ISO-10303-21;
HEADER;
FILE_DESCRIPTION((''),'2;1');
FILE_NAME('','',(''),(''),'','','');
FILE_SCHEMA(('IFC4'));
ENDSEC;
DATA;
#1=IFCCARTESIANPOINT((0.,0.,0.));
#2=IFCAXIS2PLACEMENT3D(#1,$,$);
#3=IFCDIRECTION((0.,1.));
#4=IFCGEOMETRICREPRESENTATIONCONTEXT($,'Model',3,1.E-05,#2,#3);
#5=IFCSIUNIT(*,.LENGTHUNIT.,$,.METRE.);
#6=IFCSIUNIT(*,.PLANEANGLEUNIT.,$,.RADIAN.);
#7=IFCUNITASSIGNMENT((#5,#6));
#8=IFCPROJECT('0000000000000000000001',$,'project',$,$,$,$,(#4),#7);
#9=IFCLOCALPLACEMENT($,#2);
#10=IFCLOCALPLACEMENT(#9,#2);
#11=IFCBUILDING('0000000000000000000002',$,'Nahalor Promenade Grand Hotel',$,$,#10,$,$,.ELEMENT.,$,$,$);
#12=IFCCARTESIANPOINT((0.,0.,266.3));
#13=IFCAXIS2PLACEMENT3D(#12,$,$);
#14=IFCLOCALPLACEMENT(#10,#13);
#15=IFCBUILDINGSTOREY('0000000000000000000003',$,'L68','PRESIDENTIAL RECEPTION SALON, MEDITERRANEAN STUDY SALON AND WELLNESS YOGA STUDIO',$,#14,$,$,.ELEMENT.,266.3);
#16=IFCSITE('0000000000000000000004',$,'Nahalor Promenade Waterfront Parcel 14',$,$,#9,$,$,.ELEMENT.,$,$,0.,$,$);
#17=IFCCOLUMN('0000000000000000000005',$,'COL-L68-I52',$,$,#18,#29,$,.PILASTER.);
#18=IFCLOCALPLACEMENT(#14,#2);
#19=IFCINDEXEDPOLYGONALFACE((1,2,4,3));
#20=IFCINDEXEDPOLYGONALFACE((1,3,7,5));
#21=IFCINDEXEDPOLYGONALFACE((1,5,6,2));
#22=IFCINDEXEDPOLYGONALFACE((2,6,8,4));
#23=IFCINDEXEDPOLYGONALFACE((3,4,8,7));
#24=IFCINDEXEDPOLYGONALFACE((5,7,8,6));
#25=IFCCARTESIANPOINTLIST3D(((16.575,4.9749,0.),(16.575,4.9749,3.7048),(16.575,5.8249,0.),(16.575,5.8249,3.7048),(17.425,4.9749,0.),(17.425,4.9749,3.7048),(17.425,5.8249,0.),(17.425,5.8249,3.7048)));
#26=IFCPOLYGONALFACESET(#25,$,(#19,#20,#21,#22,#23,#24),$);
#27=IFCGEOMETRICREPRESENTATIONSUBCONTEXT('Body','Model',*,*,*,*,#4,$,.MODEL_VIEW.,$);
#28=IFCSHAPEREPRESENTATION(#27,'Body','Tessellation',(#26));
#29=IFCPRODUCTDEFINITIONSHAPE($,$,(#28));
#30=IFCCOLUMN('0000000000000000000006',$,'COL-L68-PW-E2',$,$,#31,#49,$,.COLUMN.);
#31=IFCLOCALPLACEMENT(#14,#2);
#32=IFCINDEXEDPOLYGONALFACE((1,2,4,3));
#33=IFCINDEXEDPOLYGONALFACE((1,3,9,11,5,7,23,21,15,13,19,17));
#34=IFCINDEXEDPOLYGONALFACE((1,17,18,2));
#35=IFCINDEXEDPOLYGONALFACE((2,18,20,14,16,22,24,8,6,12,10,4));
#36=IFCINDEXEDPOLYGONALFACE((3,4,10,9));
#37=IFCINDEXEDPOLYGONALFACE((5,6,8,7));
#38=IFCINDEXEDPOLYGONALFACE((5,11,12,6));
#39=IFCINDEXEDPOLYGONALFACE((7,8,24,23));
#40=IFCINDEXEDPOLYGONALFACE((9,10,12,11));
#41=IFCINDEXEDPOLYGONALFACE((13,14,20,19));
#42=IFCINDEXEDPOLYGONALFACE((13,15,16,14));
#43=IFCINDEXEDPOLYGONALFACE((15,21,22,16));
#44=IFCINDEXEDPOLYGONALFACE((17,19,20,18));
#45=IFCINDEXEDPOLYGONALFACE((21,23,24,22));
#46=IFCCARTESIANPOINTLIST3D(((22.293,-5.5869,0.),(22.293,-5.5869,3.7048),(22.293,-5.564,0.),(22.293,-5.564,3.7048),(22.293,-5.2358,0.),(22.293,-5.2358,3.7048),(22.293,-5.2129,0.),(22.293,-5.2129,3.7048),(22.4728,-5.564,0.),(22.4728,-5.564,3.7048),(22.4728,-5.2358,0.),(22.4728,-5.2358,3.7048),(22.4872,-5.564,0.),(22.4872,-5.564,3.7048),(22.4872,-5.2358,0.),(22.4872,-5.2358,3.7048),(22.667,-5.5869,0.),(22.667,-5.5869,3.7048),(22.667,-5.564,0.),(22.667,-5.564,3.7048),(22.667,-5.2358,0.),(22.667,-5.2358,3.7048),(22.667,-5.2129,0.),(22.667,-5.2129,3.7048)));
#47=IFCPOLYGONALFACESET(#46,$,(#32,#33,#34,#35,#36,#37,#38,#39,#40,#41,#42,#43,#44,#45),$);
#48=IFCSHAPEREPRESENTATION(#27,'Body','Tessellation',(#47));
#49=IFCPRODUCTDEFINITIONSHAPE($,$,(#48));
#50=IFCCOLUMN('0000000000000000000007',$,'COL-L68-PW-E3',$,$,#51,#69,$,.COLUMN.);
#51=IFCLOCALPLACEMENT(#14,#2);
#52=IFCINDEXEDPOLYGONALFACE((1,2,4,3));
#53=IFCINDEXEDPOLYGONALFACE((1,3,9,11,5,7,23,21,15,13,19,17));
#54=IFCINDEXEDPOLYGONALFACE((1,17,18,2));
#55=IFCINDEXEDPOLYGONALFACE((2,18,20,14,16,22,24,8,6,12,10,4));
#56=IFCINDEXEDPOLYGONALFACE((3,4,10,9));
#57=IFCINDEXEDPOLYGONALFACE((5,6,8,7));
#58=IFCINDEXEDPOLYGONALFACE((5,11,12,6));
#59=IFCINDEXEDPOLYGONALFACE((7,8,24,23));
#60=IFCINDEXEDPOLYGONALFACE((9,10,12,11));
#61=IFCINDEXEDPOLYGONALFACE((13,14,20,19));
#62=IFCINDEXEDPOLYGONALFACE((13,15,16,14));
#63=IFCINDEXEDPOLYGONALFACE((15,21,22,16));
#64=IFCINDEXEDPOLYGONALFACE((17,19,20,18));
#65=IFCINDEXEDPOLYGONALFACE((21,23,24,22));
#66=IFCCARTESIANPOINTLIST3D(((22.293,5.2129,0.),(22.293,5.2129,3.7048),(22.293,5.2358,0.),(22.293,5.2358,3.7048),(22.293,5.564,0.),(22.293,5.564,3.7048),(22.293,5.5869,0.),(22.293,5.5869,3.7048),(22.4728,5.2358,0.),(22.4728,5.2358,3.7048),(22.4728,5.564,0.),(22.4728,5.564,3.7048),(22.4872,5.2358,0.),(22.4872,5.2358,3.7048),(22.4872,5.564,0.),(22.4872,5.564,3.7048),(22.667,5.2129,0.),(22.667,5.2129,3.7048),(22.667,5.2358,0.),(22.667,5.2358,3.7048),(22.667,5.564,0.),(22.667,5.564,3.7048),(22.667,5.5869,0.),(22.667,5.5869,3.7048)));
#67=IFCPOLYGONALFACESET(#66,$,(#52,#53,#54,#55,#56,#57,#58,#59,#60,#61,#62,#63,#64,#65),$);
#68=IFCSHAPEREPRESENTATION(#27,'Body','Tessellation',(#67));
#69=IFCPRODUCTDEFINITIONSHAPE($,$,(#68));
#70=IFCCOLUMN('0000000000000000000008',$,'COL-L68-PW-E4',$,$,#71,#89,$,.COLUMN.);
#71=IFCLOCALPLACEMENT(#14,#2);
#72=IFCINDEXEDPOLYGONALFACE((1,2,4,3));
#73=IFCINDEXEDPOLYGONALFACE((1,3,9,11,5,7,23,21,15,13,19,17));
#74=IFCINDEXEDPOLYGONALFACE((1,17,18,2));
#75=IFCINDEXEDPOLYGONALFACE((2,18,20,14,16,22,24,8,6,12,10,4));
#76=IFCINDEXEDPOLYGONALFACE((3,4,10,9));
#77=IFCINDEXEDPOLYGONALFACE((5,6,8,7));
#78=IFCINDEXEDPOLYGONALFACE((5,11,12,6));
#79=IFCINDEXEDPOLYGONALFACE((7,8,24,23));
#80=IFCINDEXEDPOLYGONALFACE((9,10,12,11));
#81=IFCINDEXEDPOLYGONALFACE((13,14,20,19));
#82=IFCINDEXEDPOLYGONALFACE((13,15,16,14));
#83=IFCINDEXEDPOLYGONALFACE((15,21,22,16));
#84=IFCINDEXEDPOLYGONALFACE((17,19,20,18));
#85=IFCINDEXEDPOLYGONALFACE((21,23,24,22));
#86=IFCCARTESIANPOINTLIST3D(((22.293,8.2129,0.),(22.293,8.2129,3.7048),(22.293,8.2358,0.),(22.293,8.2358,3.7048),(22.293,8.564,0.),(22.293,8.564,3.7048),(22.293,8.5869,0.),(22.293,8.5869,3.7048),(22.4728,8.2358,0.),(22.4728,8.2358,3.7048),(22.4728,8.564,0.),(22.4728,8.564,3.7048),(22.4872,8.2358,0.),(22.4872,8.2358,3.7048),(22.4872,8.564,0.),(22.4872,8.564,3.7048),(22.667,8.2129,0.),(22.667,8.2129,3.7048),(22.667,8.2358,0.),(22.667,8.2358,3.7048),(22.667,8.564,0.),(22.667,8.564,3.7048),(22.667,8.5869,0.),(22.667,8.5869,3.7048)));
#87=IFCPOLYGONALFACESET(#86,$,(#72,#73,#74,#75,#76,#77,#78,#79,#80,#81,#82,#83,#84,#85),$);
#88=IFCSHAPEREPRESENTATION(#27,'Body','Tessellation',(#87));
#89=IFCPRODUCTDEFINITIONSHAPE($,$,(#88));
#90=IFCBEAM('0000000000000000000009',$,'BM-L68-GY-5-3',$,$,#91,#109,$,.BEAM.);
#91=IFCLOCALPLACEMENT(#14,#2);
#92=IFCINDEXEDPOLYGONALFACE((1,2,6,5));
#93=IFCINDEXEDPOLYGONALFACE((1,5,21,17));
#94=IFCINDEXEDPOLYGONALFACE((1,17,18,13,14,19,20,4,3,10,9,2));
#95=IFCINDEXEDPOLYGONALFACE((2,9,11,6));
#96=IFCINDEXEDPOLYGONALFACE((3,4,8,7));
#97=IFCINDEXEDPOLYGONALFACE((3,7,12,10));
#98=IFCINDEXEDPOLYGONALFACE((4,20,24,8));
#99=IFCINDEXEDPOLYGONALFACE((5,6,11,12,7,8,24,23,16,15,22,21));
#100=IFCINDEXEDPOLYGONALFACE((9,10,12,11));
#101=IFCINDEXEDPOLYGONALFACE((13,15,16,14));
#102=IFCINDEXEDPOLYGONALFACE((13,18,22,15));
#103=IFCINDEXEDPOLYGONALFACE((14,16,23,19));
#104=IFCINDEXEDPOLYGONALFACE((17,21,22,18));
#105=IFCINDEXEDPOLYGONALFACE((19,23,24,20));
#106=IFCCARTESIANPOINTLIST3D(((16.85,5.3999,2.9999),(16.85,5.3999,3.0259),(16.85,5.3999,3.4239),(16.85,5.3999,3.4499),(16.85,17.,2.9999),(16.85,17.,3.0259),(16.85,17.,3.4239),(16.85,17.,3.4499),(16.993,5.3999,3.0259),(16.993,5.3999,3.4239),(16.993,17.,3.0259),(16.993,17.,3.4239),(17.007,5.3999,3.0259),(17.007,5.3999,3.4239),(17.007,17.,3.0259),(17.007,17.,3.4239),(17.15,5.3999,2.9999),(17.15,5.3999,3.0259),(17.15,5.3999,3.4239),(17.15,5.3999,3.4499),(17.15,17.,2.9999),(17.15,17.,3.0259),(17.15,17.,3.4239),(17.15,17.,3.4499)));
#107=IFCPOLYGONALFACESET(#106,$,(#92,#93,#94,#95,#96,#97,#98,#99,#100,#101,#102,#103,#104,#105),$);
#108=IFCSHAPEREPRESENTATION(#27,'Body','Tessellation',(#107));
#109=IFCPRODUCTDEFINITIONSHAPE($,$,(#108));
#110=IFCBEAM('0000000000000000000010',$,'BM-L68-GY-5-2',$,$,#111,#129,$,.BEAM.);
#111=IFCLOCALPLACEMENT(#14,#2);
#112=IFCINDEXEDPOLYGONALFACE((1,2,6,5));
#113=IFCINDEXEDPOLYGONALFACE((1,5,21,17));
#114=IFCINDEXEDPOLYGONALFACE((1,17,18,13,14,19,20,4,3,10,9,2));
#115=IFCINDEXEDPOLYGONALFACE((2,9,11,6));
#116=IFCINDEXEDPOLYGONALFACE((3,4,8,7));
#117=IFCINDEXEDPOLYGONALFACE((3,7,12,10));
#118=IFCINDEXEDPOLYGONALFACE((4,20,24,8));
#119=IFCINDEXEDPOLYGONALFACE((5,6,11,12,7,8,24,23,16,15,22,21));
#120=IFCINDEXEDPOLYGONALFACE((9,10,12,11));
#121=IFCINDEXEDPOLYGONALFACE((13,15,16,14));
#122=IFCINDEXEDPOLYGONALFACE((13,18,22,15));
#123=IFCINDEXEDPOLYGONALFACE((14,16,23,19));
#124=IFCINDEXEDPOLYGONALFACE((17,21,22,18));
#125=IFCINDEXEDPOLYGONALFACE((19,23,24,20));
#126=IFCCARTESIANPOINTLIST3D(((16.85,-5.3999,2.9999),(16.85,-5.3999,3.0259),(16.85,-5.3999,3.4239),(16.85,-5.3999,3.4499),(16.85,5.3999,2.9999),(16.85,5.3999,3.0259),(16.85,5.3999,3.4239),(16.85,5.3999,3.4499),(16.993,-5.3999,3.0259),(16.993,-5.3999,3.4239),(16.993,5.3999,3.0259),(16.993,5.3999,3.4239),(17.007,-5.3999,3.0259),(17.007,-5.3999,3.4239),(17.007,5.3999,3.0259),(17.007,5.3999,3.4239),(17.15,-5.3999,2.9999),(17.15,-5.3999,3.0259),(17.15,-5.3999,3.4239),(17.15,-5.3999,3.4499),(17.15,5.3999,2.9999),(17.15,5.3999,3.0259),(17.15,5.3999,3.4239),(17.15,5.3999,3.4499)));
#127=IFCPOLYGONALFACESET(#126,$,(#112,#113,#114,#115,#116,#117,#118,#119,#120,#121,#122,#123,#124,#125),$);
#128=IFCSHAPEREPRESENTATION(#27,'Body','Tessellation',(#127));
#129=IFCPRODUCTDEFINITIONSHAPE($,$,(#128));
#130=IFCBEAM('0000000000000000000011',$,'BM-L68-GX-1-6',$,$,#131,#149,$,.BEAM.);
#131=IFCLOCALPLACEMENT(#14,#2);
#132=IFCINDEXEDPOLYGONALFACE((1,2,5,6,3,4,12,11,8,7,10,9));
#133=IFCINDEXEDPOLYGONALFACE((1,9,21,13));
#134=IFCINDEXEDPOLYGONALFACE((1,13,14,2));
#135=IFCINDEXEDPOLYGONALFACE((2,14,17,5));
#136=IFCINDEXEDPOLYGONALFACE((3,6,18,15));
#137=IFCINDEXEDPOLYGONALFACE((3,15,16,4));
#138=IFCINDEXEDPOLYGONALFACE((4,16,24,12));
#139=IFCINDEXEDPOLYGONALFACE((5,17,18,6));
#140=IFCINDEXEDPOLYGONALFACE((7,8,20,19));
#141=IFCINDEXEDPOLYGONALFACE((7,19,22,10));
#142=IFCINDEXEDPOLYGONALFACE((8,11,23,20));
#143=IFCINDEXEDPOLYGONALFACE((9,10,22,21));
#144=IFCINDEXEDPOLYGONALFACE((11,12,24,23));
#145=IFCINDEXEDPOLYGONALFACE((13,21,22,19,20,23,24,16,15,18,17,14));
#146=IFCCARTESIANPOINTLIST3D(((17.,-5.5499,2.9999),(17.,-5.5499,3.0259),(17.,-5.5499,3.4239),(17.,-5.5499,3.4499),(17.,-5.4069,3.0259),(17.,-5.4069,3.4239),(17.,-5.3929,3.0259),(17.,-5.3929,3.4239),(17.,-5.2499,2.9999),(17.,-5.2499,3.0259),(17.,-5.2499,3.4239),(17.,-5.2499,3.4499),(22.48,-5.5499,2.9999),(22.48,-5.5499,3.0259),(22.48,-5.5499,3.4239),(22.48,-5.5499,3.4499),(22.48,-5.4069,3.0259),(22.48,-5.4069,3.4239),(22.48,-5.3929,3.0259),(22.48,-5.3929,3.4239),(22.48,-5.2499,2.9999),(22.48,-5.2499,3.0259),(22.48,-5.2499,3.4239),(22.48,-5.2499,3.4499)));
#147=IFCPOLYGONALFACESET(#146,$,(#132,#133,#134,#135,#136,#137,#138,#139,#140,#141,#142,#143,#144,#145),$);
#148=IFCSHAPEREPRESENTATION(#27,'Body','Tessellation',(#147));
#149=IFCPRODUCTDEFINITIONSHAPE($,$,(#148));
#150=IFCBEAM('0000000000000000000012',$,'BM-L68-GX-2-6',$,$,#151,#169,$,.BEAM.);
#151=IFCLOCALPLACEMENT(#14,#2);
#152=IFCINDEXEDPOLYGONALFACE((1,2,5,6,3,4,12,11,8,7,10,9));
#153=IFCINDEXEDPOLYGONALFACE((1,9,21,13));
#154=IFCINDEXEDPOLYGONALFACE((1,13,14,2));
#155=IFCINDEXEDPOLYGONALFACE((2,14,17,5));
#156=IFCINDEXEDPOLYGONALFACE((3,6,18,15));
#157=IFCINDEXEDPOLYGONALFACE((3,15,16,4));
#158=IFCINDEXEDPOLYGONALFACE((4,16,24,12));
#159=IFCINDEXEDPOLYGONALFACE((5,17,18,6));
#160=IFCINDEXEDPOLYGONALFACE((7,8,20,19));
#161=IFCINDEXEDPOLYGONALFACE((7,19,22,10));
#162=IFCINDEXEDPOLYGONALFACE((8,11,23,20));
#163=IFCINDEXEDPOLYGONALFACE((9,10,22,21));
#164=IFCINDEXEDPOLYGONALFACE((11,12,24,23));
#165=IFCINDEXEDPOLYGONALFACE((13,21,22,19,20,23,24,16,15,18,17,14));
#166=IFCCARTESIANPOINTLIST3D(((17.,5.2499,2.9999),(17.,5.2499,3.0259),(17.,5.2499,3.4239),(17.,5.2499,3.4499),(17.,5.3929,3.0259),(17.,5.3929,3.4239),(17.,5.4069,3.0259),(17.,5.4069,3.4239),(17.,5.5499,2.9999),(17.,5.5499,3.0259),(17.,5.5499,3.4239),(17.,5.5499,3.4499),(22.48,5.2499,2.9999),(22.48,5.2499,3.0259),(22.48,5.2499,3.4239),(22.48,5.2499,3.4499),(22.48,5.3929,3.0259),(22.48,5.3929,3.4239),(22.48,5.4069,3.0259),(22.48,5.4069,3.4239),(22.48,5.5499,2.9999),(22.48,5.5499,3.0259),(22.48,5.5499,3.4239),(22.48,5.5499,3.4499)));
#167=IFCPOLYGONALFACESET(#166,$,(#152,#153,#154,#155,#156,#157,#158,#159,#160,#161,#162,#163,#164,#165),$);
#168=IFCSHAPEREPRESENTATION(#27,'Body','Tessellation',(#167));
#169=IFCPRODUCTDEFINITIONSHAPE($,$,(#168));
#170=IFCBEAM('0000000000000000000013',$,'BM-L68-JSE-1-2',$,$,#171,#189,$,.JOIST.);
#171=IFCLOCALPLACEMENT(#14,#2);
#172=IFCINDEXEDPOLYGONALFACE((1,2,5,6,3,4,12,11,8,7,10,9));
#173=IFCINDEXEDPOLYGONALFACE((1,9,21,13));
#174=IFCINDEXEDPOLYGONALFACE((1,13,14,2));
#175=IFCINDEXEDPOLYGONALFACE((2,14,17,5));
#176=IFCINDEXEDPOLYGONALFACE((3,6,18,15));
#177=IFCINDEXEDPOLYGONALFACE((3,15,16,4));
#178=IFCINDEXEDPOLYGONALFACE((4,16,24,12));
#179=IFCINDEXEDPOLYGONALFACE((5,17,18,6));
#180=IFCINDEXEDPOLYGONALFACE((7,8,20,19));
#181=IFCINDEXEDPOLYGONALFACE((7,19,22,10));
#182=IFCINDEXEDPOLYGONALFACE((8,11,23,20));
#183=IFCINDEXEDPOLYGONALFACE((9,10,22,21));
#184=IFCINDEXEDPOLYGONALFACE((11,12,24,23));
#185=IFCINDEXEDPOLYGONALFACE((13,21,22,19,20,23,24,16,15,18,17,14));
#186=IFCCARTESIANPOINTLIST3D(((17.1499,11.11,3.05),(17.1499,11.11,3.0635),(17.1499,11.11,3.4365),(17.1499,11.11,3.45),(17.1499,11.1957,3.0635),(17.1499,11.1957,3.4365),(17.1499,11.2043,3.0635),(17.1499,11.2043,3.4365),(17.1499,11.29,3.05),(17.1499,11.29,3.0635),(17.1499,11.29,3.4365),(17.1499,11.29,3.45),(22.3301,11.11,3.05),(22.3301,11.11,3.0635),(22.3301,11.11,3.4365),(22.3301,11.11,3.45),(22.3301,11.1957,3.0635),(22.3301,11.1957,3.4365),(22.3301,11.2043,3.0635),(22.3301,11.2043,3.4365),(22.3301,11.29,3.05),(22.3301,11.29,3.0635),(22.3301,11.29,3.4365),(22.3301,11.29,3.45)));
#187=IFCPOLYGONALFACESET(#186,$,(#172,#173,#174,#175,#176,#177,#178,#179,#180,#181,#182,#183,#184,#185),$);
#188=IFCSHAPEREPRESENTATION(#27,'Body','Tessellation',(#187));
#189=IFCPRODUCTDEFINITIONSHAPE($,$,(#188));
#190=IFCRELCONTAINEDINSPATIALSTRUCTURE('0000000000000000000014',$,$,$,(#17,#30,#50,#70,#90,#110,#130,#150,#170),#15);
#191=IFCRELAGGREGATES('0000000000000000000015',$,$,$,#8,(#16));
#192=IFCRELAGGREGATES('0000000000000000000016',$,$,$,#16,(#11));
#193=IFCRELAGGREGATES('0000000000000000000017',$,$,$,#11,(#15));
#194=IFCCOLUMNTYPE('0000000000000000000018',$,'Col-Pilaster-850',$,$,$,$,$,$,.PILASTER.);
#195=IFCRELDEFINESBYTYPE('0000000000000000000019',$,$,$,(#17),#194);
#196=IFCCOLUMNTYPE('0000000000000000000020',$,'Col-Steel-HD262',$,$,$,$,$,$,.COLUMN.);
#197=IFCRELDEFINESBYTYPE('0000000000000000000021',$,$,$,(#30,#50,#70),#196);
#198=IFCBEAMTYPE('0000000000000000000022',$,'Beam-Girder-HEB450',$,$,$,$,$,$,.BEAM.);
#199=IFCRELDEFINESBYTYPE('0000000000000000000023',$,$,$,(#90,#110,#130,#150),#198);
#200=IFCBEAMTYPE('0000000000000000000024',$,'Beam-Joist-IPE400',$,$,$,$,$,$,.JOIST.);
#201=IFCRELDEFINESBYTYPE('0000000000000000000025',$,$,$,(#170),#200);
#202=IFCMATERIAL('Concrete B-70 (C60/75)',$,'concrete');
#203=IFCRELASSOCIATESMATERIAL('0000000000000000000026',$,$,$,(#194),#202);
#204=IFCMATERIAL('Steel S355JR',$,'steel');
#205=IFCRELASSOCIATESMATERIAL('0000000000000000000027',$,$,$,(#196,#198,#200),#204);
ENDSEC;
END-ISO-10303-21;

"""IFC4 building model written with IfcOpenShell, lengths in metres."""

from ifc_helpers import new_model, si_unit, direction, frame, origin, origin_2d, place, context, subcontext, project, spatial, rectangle, i_section, extrude, source, transform, mapped, material, material_profile, profile_set, type_object, element, save


model = new_model("IFC4")

# Units and contexts
model_context = context("Model", 3, precision=1e-05, world=origin(), true_north=direction((0.0, 1.0)))
body_context = subcontext(model_context, "Body", "Model", "MODEL_VIEW")
ifc_project = project(units=[si_unit("LENGTHUNIT", "METRE"), si_unit("PLANEANGLEUNIT", "RADIAN")], contexts=[model_context])

# Site, building, storey
site_placement = place(None, origin())
site = spatial("IfcSite", under=ifc_project, at=site_placement, Name="Nahalor Promenade Waterfront Parcel 14", CompositionType="ELEMENT", RefElevation=0.0)
building_placement = place(site_placement, origin())
building = spatial("IfcBuilding", under=site, at=building_placement, Name="Nahalor Promenade Grand Hotel", CompositionType="ELEMENT")
storey_placement = place(building_placement, frame((0.0, 0.0, 266.3)))
storey = spatial("IfcBuildingStorey", under=building, at=storey_placement, Name="L68", Description="PRESIDENTIAL RECEPTION SALON, MEDITERRANEAN STUDY SALON AND WELLNESS YOGA STUDIO", CompositionType="ELEMENT", Elevation=266.3)

# Columns
ifc_material_1 = material(Name="Concrete B-70 (C60/75)", Category="concrete")
ifc_material_profile_1 = material_profile(ifc_material_1, rectangle(XDim=0.85, YDim=0.85, at=origin_2d()), Name="RC 850x850")
ifc_profile_set_1 = profile_set([ifc_material_profile_1], Name="Concrete B-70 (C60/75)")
column_type_1 = type_object("IfcColumnType", Name="Col-Pilaster-850", PredefinedType="PILASTER", material=ifc_profile_set_1)
shared_shape_1 = source(origin(), body_context, "Body", "SweptSolid", [
    extrude(rectangle(XDim=0.85, YDim=0.85, at=origin_2d()), origin(), (0.0, 0.0, 1.0), 3.7048),
])
column_placement = place(storey_placement, frame((17.0, 5.3999, 0.0), z_axis=(0.0, 0.0, 1.0), x_axis=(1.0, 0.0, 0.0)))
element("IfcColumn", 1, at=column_placement, inside=storey, type_object=column_type_1, Name="COL-L68-I52", PredefinedType="PILASTER", context=body_context, shape_type="MappedRepresentation", body=[
    mapped(shared_shape_1, transform((0.0, 0.0, 0.0), scale=1.0)),
])
ifc_material_2 = material(Name="Steel S355JR", Category="steel")
ifc_material_profile_2 = material_profile(ifc_material_2, i_section(OverallWidth=0.374, OverallDepth=0.374, WebThickness=0.0144, FlangeThickness=0.0229, at=origin_2d()), Name="HD 360x262")
ifc_profile_set_2 = profile_set([ifc_material_profile_2], Name="Steel S355JR")
column_type_2 = type_object("IfcColumnType", Name="Col-Steel-HD262", PredefinedType="COLUMN", material=ifc_profile_set_2)
shared_shape_2 = source(origin(), body_context, "Body", "SweptSolid", [
    extrude(i_section(OverallWidth=0.374, OverallDepth=0.374, WebThickness=0.0144, FlangeThickness=0.0229, at=origin_2d()), origin(), (0.0, 0.0, 1.0), 3.7048),
])
for number, where, z_axis, x_axis, name in (
    (2, (22.48, -5.3999, 0.0), (0.0, 0.0, 1.0), (1.0, 0.0, 0.0), "COL-L68-PW-E2"),
    (3, (22.48, 5.3999, 0.0), (0.0, 0.0, 1.0), (1.0, 0.0, 0.0), "COL-L68-PW-E3"),
    (4, (22.48, 8.3999, 0.0), (0.0, 0.0, 1.0), (1.0, 0.0, 0.0), "COL-L68-PW-E4"),
):
    element("IfcColumn", number, at=place(storey_placement, frame(where, z_axis=z_axis, x_axis=x_axis)), inside=storey, type_object=column_type_2, Name=name, PredefinedType="COLUMN", context=body_context, shape_type="MappedRepresentation", body=[
        mapped(shared_shape_2, transform((0.0, 0.0, 0.0), scale=1.0)),
    ])

# Beams
ifc_material_profile_3 = material_profile(ifc_material_2, i_section(OverallWidth=0.3, OverallDepth=0.45, WebThickness=0.014, FlangeThickness=0.026, at=origin_2d()), Name="HEB 450")
ifc_profile_set_3 = profile_set([ifc_material_profile_3], Name="Steel S355JR")
beam_type_1 = type_object("IfcBeamType", Name="Beam-Girder-HEB450", PredefinedType="BEAM", material=ifc_profile_set_3)
shared_shape_3 = source(origin(), body_context, "Body", "SweptSolid", [
    extrude(i_section(OverallWidth=0.3, OverallDepth=0.45, WebThickness=0.014, FlangeThickness=0.026, at=origin_2d()), origin(), (0.0, 0.0, 1.0), 11.6001),
])
beam_1_placement = place(storey_placement, frame((17.0, 5.3999, 3.2249), z_axis=(0.0, 1.0, 0.0), x_axis=(-1.0, 0.0, 0.0)))
element("IfcBeam", 5, at=beam_1_placement, inside=storey, type_object=beam_type_1, Name="BM-L68-GY-5-3", PredefinedType="BEAM", context=body_context, shape_type="MappedRepresentation", body=[
    mapped(shared_shape_3, transform((0.0, 0.0, 0.0), scale=1.0)),
])
shared_shape_4 = source(origin(), body_context, "Body", "SweptSolid", [
    extrude(i_section(OverallWidth=0.3, OverallDepth=0.45, WebThickness=0.014, FlangeThickness=0.026, at=origin_2d()), origin(), (0.0, 0.0, 1.0), 10.7998),
])
beam_2_placement = place(storey_placement, frame((17.0, -5.3999, 3.2249), z_axis=(0.0, 1.0, 0.0), x_axis=(-1.0, 0.0, 0.0)))
element("IfcBeam", 6, at=beam_2_placement, inside=storey, type_object=beam_type_1, Name="BM-L68-GY-5-2", PredefinedType="BEAM", context=body_context, shape_type="MappedRepresentation", body=[
    mapped(shared_shape_4, transform((0.0, 0.0, 0.0), scale=1.0)),
])
shared_shape_5 = source(origin(), body_context, "Body", "SweptSolid", [
    extrude(i_section(OverallWidth=0.3, OverallDepth=0.45, WebThickness=0.014, FlangeThickness=0.026, at=origin_2d()), origin(), (0.0, 0.0, 1.0), 5.48),
])
for number, where, z_axis, x_axis, name in (
    (7, (17.0, -5.3999, 3.2249), (1.0, 0.0, 0.0), (0.0, 1.0, 0.0), "BM-L68-GX-1-6"),
    (8, (17.0, 5.3999, 3.2249), (1.0, 0.0, 0.0), (0.0, 1.0, 0.0), "BM-L68-GX-2-6"),
):
    element("IfcBeam", number, at=place(storey_placement, frame(where, z_axis=z_axis, x_axis=x_axis)), inside=storey, type_object=beam_type_1, Name=name, PredefinedType="BEAM", context=body_context, shape_type="MappedRepresentation", body=[
        mapped(shared_shape_5, transform((0.0, 0.0, 0.0), scale=1.0)),
    ])
ifc_material_profile_4 = material_profile(ifc_material_2, i_section(OverallWidth=0.18, OverallDepth=0.4, WebThickness=0.0086, FlangeThickness=0.0135, at=origin_2d()), Name="IPE 400")
ifc_profile_set_4 = profile_set([ifc_material_profile_4], Name="Steel S355JR")
beam_type_2 = type_object("IfcBeamType", Name="Beam-Joist-IPE400", PredefinedType="JOIST", material=ifc_profile_set_4)
shared_shape_6 = source(origin(), body_context, "Body", "SweptSolid", [
    extrude(i_section(OverallWidth=0.18, OverallDepth=0.4, WebThickness=0.0086, FlangeThickness=0.0135, at=origin_2d()), origin(), (0.0, 0.0, 1.0), 5.1802),
])
beam_3_placement = place(storey_placement, frame((17.1499, 11.2, 3.25), z_axis=(1.0, 0.0, 0.0), x_axis=(0.0, 1.0, 0.0)))
element("IfcBeam", 9, at=beam_3_placement, inside=storey, type_object=beam_type_2, Name="BM-L68-JSE-1-2", PredefinedType="JOIST", context=body_context, shape_type="MappedRepresentation", body=[
    mapped(shared_shape_6, transform((0.0, 0.0, 0.0), scale=1.0)),
])

save(model, "model.ifc")
